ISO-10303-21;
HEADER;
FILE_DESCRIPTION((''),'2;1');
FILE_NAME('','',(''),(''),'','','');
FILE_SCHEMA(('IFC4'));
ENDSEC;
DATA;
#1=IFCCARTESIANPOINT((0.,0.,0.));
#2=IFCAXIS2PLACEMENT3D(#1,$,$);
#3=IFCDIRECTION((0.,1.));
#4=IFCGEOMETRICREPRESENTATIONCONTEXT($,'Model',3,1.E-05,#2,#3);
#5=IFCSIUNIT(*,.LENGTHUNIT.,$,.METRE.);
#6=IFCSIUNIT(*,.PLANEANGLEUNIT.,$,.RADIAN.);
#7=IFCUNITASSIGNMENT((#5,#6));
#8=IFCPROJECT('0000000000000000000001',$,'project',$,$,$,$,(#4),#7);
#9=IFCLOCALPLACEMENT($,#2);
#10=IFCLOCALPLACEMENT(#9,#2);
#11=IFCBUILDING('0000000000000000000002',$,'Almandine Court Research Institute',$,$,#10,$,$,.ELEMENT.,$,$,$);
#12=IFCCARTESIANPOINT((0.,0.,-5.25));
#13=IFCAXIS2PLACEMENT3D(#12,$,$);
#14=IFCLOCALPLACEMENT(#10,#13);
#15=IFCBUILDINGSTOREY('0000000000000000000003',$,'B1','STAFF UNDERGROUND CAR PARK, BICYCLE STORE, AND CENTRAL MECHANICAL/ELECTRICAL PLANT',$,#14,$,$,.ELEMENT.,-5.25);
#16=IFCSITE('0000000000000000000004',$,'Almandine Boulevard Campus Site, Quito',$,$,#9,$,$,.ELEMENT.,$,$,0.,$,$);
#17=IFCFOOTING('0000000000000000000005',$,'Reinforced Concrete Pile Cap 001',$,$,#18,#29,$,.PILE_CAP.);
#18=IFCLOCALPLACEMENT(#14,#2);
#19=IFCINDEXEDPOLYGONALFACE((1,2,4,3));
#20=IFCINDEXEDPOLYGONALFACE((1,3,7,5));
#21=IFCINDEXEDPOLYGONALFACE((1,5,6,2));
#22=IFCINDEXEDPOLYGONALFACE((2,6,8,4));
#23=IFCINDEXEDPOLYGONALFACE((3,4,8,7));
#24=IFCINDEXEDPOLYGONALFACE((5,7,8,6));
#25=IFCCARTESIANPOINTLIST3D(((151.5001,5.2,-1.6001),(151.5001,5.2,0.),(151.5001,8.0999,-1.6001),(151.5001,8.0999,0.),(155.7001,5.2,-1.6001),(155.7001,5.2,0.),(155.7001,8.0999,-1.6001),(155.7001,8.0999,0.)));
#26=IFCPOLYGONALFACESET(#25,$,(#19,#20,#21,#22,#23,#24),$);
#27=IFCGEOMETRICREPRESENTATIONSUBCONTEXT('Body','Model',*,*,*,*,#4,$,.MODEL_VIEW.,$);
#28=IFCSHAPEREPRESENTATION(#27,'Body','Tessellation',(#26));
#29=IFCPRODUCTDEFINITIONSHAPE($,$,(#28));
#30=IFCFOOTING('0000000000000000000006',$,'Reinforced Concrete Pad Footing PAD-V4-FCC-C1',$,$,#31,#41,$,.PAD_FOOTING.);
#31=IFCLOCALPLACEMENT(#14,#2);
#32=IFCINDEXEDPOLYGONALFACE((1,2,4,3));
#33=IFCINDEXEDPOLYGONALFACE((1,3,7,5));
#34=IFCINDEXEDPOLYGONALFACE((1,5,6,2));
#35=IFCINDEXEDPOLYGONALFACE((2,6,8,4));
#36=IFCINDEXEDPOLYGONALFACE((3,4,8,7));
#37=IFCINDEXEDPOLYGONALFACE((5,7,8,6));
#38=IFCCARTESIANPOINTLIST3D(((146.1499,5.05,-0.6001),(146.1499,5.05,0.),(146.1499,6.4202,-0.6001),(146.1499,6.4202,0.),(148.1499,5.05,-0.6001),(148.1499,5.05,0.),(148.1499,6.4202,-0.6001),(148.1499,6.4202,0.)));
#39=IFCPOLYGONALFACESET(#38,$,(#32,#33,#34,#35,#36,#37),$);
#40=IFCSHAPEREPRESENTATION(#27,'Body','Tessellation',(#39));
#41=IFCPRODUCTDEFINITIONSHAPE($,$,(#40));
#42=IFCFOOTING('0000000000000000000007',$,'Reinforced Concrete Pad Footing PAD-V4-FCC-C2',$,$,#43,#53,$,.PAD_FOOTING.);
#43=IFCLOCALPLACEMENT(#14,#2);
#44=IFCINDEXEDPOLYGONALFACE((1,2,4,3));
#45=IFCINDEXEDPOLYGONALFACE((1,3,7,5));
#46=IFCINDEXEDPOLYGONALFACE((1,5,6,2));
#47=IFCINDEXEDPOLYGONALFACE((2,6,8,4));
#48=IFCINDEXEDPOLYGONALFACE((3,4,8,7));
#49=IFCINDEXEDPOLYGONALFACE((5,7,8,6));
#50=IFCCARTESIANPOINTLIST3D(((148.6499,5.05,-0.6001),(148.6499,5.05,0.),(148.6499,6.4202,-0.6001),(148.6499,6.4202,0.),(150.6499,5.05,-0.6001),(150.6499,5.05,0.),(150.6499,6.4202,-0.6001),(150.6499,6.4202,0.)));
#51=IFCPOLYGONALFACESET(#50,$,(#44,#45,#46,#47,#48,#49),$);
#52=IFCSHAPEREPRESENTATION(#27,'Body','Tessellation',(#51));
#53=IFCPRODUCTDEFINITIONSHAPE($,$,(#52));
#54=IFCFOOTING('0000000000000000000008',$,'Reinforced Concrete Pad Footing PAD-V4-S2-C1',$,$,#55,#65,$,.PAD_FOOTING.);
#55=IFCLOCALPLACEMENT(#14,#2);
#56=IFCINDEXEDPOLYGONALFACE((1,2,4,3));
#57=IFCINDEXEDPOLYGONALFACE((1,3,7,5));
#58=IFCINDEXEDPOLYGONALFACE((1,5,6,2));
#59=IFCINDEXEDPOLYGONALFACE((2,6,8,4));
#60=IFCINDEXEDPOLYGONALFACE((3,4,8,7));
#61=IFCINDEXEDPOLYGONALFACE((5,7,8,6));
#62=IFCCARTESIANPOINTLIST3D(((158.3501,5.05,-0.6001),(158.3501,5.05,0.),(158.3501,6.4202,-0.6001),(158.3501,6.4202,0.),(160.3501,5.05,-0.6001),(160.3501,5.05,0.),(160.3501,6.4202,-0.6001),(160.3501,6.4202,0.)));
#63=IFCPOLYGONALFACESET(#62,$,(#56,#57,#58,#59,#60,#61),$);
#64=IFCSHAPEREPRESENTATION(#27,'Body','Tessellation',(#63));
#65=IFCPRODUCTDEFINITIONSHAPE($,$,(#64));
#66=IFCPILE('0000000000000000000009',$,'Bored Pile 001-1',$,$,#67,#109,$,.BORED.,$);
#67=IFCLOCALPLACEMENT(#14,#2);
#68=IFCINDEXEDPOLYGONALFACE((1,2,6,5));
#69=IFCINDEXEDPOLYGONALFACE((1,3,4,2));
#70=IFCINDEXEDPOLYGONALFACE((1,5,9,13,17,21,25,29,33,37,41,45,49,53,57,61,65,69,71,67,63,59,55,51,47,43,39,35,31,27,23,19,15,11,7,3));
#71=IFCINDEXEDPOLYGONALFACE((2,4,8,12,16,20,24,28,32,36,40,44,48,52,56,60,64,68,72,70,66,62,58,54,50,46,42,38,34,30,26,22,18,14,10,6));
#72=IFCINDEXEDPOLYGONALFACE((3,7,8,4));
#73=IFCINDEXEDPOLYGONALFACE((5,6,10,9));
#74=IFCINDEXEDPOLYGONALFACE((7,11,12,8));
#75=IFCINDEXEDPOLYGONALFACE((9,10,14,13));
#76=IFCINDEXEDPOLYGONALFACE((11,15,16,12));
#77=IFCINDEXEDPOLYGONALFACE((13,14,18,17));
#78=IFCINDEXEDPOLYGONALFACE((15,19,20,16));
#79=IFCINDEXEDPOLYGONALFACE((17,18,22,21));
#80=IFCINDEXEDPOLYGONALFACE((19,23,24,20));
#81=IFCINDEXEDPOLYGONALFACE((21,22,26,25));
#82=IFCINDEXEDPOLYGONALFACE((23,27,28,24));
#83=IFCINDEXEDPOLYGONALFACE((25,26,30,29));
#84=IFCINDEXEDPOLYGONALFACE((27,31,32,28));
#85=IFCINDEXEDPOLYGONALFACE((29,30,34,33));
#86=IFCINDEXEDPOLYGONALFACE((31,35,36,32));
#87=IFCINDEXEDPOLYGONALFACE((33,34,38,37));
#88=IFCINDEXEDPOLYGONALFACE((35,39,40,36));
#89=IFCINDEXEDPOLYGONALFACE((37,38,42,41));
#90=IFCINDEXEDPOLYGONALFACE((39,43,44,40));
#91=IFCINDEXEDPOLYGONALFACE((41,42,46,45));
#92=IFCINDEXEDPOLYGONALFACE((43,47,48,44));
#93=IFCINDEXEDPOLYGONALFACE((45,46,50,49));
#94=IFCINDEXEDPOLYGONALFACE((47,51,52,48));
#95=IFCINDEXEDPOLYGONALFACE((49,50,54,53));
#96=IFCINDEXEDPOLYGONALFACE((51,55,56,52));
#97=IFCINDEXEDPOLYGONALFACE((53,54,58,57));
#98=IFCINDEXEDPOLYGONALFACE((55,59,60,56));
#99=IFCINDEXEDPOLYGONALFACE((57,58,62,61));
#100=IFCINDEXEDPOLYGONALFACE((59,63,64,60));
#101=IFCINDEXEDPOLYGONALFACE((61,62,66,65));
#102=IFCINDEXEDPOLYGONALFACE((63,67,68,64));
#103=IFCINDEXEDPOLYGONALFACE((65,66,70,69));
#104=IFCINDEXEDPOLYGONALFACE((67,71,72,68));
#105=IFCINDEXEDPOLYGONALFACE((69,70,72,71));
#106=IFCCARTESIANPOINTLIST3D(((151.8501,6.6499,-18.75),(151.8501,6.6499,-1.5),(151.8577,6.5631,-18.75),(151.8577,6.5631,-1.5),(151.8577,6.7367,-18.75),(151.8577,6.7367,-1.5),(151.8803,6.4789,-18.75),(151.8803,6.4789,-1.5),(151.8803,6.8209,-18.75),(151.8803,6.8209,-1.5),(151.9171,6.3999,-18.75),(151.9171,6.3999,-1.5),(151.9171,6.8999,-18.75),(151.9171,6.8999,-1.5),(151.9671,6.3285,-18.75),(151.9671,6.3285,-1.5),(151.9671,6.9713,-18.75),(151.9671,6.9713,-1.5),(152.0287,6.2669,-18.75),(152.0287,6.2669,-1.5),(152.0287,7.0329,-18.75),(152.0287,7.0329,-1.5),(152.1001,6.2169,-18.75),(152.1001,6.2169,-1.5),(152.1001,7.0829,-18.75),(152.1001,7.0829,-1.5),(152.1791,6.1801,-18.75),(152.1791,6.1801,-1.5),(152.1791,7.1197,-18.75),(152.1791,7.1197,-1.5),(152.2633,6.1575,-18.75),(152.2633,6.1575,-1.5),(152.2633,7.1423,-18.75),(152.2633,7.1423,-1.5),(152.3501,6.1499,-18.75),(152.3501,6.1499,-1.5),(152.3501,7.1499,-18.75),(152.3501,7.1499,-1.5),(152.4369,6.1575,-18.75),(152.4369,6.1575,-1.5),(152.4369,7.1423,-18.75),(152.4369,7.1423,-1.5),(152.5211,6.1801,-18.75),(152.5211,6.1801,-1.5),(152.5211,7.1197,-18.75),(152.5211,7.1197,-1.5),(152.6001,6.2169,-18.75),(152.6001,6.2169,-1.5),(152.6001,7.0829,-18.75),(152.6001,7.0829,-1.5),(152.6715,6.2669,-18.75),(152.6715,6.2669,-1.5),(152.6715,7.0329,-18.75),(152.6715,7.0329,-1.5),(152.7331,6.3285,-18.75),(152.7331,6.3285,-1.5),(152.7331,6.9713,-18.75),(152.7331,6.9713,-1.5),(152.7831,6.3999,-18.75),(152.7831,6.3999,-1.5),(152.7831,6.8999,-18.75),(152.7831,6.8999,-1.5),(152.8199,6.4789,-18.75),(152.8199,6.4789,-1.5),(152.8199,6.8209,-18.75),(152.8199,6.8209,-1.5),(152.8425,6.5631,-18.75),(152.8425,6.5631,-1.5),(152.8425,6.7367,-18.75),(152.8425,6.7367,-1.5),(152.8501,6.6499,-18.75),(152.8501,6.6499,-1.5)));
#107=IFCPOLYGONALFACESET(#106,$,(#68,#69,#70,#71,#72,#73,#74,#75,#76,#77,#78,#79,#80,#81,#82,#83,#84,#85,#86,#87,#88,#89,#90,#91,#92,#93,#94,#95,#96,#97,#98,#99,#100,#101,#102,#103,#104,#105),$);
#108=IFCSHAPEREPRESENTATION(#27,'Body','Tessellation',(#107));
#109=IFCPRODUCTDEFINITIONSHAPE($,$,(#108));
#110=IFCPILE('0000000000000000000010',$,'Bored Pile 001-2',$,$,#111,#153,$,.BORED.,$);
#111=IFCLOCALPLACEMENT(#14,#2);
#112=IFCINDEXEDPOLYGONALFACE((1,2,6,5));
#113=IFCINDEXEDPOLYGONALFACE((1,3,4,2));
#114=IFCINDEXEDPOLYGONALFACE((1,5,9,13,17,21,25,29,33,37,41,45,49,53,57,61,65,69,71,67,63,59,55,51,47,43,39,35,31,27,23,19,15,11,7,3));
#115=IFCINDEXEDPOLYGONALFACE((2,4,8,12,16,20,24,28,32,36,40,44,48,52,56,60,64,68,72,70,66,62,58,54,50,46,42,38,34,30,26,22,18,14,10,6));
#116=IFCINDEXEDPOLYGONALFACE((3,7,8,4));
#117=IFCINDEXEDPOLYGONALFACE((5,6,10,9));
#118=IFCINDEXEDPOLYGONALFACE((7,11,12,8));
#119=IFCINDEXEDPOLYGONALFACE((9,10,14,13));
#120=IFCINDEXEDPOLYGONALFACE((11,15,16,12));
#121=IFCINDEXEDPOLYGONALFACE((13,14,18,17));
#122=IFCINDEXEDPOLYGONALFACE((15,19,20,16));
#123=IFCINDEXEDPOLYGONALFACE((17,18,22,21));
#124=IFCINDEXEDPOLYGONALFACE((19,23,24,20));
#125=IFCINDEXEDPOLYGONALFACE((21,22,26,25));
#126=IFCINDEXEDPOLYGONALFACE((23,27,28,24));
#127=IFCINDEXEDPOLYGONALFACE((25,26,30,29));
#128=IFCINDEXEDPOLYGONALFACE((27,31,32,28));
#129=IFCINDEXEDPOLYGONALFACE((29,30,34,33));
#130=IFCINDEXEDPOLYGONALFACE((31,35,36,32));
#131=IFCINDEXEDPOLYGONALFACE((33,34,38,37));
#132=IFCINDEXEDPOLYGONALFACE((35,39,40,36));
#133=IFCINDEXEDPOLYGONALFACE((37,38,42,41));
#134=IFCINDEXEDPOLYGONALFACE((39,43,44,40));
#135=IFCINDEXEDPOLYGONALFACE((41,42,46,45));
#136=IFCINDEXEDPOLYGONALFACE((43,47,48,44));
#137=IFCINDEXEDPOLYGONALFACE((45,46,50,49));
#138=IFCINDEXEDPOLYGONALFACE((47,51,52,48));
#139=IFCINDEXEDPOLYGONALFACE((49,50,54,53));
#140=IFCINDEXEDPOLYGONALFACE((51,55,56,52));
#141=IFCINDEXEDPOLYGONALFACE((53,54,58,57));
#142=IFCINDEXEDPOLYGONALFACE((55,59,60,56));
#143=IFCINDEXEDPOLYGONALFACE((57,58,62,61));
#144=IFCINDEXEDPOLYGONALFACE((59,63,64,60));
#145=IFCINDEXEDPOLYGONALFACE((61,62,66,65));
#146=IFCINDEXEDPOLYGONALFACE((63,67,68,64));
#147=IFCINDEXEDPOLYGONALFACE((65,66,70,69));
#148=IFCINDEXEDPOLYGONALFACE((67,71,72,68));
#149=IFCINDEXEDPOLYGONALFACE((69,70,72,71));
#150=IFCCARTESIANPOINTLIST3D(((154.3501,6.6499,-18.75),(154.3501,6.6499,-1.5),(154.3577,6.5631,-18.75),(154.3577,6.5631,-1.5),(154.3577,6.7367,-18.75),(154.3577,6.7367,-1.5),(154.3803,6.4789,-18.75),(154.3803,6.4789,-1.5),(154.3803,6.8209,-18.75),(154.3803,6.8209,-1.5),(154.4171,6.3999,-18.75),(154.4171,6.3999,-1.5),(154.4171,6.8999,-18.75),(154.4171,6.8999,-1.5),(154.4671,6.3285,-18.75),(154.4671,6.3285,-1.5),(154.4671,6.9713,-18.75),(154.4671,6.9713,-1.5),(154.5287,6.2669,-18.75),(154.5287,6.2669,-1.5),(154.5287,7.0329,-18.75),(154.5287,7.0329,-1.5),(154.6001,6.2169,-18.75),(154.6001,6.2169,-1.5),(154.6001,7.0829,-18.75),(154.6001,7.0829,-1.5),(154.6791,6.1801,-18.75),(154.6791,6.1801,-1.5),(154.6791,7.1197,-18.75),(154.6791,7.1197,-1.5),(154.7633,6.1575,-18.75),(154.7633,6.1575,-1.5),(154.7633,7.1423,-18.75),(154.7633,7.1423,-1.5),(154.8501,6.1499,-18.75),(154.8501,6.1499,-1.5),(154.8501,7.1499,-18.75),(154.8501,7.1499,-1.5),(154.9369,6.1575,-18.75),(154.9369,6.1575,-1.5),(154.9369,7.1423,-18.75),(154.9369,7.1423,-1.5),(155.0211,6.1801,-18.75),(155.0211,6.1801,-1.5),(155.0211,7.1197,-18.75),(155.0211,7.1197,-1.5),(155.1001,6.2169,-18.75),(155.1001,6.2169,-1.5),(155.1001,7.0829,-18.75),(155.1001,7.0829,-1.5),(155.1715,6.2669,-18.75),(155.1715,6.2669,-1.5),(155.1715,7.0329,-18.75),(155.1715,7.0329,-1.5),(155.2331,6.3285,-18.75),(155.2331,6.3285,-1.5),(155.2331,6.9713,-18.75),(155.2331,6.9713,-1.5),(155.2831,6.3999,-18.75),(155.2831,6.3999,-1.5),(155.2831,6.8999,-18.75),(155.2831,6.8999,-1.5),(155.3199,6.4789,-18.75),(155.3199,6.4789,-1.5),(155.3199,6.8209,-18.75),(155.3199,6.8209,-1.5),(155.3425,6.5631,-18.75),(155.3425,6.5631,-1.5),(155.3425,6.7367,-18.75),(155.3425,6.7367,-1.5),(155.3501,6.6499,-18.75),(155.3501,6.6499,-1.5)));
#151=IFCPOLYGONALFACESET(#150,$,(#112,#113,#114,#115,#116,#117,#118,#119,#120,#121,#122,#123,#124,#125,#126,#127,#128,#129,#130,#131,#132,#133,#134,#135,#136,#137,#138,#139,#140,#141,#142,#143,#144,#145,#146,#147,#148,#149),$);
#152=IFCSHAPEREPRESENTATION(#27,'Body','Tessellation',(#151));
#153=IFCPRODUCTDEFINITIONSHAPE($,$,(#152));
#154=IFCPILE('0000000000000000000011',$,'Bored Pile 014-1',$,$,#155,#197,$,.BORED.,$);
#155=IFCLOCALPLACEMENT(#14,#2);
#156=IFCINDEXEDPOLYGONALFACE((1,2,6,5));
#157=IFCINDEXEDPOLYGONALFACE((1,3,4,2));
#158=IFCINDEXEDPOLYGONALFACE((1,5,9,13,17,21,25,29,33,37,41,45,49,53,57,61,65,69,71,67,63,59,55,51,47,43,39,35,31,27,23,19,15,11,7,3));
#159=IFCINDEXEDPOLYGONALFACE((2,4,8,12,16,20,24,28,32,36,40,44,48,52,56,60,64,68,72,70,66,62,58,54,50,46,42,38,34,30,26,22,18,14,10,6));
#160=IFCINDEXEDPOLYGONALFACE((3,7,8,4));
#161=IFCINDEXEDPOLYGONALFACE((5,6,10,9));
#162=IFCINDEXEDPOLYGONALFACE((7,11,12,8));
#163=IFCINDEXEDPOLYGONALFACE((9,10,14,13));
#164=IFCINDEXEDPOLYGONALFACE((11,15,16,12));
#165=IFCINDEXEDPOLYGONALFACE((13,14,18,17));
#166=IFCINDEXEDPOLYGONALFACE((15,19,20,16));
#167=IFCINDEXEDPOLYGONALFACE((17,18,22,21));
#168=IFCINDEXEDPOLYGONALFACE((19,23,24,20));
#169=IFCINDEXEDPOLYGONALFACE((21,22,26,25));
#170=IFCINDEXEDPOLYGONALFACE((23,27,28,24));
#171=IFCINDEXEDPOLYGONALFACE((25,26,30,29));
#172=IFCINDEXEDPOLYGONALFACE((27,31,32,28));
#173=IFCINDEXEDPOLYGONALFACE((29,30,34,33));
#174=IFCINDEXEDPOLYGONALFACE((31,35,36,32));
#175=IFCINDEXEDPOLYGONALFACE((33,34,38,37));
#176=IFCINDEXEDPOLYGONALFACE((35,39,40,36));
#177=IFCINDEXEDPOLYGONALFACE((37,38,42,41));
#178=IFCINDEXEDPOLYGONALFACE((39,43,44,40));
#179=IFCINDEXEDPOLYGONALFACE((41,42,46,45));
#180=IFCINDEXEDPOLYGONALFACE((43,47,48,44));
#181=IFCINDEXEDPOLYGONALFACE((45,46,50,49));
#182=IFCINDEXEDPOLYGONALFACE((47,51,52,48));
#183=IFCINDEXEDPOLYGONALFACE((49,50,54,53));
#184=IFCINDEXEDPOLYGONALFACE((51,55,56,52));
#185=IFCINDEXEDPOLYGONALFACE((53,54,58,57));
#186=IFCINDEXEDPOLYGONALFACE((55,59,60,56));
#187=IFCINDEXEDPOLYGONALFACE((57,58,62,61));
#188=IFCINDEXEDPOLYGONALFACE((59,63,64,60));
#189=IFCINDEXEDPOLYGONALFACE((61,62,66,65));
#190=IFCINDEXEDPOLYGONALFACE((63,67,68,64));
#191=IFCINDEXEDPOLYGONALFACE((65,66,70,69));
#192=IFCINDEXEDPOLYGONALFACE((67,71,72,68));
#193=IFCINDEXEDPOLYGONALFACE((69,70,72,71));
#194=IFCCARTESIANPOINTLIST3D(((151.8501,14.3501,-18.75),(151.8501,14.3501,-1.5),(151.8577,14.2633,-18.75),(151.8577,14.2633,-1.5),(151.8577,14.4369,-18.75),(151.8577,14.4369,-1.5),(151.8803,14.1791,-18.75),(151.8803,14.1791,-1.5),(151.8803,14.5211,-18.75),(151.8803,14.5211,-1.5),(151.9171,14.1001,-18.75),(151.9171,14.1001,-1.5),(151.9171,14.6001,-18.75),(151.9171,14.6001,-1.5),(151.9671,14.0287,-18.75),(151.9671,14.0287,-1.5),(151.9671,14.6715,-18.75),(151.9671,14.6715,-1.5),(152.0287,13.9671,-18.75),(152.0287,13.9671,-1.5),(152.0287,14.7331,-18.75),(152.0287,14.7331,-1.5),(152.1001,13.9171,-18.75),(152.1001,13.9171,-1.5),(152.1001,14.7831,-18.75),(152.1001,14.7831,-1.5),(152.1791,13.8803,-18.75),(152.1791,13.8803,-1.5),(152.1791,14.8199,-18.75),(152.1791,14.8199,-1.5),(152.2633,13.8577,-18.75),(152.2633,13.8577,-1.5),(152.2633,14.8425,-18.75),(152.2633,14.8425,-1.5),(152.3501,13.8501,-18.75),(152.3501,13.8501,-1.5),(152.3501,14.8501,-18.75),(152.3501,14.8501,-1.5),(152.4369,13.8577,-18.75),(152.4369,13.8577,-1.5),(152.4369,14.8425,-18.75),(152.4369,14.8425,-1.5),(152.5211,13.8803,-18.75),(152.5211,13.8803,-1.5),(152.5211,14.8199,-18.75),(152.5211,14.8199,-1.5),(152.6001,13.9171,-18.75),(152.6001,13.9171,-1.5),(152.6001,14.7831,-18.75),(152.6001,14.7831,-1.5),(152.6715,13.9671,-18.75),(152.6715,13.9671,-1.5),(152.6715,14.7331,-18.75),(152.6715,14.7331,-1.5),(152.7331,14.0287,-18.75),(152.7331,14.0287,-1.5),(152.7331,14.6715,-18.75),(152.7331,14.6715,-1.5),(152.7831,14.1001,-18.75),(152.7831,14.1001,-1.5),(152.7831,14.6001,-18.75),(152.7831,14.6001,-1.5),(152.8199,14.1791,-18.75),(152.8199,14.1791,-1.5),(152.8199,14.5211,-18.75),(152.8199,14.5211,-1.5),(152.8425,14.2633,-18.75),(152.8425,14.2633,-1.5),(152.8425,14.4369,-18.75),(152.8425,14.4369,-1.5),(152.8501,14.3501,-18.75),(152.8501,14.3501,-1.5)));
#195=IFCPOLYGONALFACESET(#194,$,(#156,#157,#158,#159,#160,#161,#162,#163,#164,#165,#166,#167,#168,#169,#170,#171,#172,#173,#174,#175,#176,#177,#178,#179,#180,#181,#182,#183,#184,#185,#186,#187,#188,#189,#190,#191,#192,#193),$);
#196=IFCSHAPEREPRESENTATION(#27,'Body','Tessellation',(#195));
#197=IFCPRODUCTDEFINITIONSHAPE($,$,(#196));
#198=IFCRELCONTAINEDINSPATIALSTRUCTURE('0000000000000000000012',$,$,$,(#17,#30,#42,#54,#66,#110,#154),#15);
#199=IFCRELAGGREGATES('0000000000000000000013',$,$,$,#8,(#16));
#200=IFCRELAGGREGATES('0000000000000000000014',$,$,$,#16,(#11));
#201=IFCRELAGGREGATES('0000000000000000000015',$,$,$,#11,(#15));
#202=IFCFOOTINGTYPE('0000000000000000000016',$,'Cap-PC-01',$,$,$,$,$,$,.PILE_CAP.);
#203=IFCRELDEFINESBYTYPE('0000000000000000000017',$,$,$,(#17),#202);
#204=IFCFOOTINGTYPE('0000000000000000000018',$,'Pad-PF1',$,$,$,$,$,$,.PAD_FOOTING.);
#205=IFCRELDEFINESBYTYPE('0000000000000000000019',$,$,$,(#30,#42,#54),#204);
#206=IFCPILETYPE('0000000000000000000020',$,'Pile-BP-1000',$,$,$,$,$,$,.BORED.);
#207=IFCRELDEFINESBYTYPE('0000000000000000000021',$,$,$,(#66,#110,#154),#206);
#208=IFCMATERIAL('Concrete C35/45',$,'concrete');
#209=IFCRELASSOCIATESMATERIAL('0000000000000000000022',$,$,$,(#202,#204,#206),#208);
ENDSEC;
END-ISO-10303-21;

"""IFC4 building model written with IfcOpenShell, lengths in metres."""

from ifc_helpers import new_model, si_unit, direction, frame, origin, origin_2d, place, context, subcontext, project, spatial, rectangle, circle, extrude, material, material_profile, profile_set, type_object, element, save


model = new_model("IFC4")

# Units and contexts
model_context = context("Model", 3, precision=1e-05, world=origin(), true_north=direction((0.0, 1.0)))
body_context = subcontext(model_context, "Body", "Model", "MODEL_VIEW")
ifc_project = project(units=[si_unit("LENGTHUNIT", "METRE"), si_unit("PLANEANGLEUNIT", "RADIAN")], contexts=[model_context])

# Site, building, storey
site_placement = place(None, origin())
site = spatial("IfcSite", under=ifc_project, at=site_placement, Name="Almandine Boulevard Campus Site, Quito", CompositionType="ELEMENT", RefElevation=0.0)
building_placement = place(site_placement, origin())
building = spatial("IfcBuilding", under=site, at=building_placement, Name="Almandine Court Research Institute", CompositionType="ELEMENT")
storey_placement = place(building_placement, frame((0.0, 0.0, -5.25)))
storey = spatial("IfcBuildingStorey", under=building, at=storey_placement, Name="B1", Description="STAFF UNDERGROUND CAR PARK, BICYCLE STORE, AND CENTRAL MECHANICAL/ELECTRICAL PLANT", CompositionType="ELEMENT", Elevation=-5.25)

# Footings
ifc_material_1 = material(Name="Concrete C35/45", Category="concrete")
footing_type_1 = type_object("IfcFootingType", Name="Cap-PC-01", PredefinedType="PILE_CAP", material=ifc_material_1)
footing_1_placement = place(storey_placement, frame((153.6001, 6.6499, -1.6001), z_axis=(0.0, 0.0, 1.0), x_axis=(1.0, 0.0, 0.0)))
element("IfcFooting", 1, at=footing_1_placement, inside=storey, type_object=footing_type_1, Name="Reinforced Concrete Pile Cap 001", PredefinedType="PILE_CAP", context=body_context, shape_type="SweptSolid", body=[
    extrude(rectangle(XDim=4.2, YDim=2.8999, at=origin_2d()), origin(), (0.0, 0.0, 1.0), 1.6001),
])
footing_type_2 = type_object("IfcFootingType", Name="Pad-PF1", PredefinedType="PAD_FOOTING", material=ifc_material_1)
for number, where, z_axis, x_axis, name in (
    (2, (147.1499, 5.7351, -0.6001), (0.0, 0.0, 1.0), (1.0, 0.0, 0.0), "Reinforced Concrete Pad Footing PAD-V4-FCC-C1"),
    (3, (149.6499, 5.7351, -0.6001), (0.0, 0.0, 1.0), (1.0, 0.0, 0.0), "Reinforced Concrete Pad Footing PAD-V4-FCC-C2"),
    (4, (159.3501, 5.7351, -0.6001), (0.0, 0.0, 1.0), (1.0, 0.0, 0.0), "Reinforced Concrete Pad Footing PAD-V4-S2-C1"),
):
    element("IfcFooting", number, at=place(storey_placement, frame(where, z_axis=z_axis, x_axis=x_axis)), inside=storey, type_object=footing_type_2, Name=name, PredefinedType="PAD_FOOTING", context=body_context, shape_type="SweptSolid", body=[
        extrude(rectangle(XDim=2.0, YDim=1.3701, at=origin_2d()), origin(), (0.0, 0.0, 1.0), 0.6001),
    ])

# Piles
ifc_material_profile_1 = material_profile(ifc_material_1, circle(Radius=0.5, at=origin_2d()), Name="BORED PILE D1000")
ifc_profile_set_1 = profile_set([ifc_material_profile_1], Name="Concrete C35/45")
pile_type_1 = type_object("IfcPileType", Name="Pile-BP-1000", PredefinedType="BORED", material=ifc_profile_set_1)
for number, where, z_axis, x_axis, name in (
    (5, (152.3501, 6.6499, -1.5), (0.0, 0.0, -1.0), (1.0, 0.0, 0.0), "Bored Pile 001-1"),
    (6, (154.8501, 6.6499, -1.5), (0.0, 0.0, -1.0), (1.0, 0.0, 0.0), "Bored Pile 001-2"),
    (7, (152.3501, 14.3501, -1.5), (0.0, 0.0, -1.0), (1.0, 0.0, 0.0), "Bored Pile 014-1"),
):
    element("IfcPile", number, at=place(storey_placement, frame(where, z_axis=z_axis, x_axis=x_axis)), inside=storey, type_object=pile_type_1, Name=name, PredefinedType="BORED", context=body_context, shape_type="SweptSolid", body=[
        extrude(circle(Radius=0.5, at=origin_2d()), origin(), (0.0, 0.0, 1.0), 17.25),
    ])

save(model, "model.ifc")
